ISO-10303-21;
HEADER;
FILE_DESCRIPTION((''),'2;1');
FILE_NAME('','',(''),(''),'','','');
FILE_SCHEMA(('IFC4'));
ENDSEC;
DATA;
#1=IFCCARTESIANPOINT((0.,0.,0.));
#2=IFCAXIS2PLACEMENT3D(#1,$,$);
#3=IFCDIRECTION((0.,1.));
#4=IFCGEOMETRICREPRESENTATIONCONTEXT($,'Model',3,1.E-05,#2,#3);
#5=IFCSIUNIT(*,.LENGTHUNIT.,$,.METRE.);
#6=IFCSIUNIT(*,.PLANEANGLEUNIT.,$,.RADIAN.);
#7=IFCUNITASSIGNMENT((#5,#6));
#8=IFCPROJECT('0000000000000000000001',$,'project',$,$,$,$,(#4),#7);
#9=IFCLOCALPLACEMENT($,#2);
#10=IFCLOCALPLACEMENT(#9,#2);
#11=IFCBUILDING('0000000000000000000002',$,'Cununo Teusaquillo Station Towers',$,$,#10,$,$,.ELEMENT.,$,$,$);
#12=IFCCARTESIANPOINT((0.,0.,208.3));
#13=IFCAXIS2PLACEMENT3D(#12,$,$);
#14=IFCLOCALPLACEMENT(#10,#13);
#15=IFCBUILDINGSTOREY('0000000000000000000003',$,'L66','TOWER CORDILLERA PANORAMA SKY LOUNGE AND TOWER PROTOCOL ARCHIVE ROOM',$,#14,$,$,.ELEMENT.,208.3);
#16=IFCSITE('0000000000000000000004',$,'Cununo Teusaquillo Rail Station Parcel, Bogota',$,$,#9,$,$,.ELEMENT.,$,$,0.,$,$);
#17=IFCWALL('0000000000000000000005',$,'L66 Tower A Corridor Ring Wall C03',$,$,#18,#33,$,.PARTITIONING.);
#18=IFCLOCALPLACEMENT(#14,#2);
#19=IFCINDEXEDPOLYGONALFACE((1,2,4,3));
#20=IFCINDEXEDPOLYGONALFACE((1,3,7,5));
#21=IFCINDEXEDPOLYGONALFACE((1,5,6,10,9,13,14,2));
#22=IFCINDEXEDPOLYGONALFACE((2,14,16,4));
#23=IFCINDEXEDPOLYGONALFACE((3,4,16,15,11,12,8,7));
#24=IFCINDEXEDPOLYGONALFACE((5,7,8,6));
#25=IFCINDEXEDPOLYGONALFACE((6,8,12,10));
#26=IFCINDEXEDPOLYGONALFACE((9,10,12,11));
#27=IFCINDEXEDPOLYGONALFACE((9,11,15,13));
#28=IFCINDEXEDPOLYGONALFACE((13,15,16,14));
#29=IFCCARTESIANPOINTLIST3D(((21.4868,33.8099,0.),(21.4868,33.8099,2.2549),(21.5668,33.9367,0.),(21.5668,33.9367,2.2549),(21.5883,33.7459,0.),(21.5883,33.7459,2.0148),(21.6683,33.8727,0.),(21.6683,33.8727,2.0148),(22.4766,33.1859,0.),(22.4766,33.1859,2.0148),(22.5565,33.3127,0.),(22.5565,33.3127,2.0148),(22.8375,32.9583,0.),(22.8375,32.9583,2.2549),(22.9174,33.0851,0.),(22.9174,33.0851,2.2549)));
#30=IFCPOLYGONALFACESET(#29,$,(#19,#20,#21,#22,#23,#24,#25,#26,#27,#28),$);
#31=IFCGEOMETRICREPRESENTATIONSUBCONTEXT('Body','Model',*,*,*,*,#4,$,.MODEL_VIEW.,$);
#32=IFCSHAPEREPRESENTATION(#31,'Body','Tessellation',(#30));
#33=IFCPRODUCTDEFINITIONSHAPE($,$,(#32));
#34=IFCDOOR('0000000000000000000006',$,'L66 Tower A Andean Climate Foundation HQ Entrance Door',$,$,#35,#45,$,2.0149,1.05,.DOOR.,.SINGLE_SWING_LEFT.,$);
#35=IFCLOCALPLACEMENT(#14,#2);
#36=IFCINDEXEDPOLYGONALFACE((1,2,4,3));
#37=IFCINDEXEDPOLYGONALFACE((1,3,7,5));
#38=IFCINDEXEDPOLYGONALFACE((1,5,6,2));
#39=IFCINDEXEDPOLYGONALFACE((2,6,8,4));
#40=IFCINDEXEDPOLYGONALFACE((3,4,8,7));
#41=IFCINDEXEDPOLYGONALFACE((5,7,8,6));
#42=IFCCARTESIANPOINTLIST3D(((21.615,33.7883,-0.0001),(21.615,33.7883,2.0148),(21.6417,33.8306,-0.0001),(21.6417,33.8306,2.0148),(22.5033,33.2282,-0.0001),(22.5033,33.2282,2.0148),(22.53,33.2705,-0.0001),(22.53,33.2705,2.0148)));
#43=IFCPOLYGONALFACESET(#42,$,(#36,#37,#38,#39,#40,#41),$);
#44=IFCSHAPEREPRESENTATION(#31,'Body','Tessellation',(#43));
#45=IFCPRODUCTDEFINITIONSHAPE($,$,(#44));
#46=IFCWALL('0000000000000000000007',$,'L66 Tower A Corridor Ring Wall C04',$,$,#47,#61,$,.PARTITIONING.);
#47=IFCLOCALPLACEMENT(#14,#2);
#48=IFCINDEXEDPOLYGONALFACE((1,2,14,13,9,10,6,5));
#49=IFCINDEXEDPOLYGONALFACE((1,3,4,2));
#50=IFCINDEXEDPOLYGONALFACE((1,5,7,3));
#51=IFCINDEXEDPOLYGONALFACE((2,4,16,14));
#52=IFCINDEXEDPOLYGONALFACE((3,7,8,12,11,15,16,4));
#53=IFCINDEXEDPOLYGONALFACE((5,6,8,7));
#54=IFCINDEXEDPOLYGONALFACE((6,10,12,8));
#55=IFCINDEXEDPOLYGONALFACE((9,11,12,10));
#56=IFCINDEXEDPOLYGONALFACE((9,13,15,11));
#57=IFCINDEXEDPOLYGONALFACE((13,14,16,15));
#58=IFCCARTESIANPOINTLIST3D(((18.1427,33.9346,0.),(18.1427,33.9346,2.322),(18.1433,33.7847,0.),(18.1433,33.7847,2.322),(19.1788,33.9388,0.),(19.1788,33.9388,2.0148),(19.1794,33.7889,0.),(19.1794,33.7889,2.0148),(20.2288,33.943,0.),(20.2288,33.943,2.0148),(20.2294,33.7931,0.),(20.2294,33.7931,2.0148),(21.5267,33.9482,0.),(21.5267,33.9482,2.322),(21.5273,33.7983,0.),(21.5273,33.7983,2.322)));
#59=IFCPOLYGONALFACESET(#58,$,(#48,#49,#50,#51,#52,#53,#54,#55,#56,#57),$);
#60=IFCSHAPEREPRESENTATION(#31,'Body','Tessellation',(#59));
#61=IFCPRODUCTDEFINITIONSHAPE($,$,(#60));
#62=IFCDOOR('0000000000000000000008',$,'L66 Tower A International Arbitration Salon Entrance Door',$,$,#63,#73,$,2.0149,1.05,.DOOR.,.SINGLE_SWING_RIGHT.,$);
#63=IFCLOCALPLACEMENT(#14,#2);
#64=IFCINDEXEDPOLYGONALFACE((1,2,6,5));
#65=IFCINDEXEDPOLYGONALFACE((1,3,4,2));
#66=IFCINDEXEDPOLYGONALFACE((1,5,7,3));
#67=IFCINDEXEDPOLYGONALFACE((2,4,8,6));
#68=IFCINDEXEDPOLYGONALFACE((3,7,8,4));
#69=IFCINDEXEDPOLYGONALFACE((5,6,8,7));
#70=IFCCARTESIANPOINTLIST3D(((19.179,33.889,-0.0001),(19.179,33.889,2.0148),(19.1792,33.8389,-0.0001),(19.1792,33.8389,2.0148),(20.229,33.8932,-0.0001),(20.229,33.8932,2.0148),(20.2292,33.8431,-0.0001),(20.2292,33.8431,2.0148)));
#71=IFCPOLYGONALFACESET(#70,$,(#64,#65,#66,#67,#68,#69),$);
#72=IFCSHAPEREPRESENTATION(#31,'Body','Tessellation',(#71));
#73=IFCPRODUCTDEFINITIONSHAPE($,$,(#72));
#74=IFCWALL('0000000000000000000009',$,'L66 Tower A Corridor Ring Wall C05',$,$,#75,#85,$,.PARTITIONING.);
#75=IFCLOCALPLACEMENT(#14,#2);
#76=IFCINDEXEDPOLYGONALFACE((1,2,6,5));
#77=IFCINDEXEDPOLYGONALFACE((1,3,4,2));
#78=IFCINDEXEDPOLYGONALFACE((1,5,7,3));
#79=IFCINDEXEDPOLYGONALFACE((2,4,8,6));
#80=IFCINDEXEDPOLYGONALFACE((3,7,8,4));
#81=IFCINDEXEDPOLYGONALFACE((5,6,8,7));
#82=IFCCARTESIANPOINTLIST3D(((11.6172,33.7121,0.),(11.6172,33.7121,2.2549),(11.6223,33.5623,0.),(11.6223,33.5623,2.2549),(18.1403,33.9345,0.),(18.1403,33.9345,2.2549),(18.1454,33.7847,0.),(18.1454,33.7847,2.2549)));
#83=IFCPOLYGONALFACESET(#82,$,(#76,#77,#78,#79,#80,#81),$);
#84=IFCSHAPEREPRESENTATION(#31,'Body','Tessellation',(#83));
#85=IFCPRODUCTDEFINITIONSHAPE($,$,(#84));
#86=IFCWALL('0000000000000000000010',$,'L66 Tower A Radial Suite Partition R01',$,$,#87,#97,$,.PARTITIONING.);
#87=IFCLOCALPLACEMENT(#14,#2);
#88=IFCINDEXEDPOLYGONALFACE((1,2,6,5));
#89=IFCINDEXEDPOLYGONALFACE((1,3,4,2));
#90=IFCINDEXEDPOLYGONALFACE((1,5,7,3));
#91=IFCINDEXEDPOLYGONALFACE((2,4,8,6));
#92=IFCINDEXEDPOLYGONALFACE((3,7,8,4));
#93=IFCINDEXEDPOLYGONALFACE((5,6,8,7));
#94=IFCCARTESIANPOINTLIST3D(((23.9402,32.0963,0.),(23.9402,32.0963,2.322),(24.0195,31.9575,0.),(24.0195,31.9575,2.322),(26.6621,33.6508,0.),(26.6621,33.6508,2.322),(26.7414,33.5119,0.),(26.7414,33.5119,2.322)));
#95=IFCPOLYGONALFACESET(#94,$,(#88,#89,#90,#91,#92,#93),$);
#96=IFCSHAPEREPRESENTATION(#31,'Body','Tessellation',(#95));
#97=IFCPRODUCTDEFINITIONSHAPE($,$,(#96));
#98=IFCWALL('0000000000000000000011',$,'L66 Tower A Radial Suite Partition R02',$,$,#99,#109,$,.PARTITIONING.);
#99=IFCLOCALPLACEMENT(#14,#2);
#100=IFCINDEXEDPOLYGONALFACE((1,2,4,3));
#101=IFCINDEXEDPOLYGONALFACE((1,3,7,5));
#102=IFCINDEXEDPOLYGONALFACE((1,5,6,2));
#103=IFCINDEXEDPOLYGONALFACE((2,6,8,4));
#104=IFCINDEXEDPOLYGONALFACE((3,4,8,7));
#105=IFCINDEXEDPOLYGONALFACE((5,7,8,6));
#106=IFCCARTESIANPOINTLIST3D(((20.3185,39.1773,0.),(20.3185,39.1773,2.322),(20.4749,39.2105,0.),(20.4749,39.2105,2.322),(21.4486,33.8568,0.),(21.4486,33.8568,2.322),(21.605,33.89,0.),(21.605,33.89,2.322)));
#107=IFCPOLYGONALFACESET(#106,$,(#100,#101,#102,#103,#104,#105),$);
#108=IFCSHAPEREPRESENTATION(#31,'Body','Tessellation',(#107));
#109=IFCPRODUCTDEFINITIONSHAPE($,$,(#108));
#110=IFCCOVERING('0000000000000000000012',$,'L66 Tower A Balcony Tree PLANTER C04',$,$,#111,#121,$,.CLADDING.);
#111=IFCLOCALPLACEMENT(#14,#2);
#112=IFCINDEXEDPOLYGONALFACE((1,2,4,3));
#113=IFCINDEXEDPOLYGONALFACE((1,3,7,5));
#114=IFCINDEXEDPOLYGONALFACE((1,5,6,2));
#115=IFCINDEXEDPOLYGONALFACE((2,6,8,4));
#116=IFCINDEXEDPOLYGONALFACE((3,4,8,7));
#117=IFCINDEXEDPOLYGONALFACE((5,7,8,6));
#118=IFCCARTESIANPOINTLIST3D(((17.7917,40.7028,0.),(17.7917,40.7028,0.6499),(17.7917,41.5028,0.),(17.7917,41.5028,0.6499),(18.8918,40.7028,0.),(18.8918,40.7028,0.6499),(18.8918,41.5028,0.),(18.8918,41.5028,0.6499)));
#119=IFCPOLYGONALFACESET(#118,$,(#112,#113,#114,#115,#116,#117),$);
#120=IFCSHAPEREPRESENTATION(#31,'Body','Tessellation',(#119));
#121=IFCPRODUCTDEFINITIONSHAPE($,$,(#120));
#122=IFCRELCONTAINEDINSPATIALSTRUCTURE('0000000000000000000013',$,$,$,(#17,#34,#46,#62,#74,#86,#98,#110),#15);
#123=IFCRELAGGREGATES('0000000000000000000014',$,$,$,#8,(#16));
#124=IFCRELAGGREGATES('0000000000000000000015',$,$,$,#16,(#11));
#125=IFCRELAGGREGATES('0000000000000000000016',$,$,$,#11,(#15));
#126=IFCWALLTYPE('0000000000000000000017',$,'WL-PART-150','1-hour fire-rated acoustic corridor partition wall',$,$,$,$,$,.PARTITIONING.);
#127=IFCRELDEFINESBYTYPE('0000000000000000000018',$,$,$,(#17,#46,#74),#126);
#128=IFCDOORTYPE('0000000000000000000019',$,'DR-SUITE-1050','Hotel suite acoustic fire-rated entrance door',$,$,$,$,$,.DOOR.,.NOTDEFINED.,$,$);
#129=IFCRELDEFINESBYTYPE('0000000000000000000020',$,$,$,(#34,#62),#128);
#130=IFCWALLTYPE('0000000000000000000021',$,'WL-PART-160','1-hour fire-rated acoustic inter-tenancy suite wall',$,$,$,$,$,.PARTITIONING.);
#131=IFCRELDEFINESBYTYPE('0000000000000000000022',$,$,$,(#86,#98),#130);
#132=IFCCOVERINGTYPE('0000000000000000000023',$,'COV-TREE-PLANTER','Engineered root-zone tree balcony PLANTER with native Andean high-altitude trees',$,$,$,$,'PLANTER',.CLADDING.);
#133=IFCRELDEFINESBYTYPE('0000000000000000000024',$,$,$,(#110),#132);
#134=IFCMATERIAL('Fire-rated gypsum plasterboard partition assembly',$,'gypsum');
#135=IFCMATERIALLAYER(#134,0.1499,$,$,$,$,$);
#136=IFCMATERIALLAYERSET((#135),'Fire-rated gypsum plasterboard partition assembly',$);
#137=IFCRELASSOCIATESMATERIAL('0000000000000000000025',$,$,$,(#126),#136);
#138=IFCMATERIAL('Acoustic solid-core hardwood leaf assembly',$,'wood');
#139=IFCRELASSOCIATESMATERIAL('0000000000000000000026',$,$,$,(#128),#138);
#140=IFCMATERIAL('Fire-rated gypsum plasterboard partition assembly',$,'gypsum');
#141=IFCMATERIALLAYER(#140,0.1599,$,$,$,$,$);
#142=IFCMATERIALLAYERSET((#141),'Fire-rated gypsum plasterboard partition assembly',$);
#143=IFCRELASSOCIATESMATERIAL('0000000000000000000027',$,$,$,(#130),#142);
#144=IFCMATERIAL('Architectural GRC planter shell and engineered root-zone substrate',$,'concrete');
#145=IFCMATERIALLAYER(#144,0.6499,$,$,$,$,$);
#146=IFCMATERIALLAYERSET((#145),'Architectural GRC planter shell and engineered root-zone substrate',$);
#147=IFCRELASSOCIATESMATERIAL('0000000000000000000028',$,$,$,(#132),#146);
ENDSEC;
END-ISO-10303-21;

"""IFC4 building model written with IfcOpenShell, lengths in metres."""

from ifc_helpers import new_model, si_unit, direction, frame, frame_2d, origin, origin_2d, place, context, subcontext, project, spatial, rectangle, extrude, source, transform, mapped, material, layer, layer_set, type_object, element, fill, save


model = new_model("IFC4")

# Units and contexts
model_context = context("Model", 3, precision=1e-05, world=origin(), true_north=direction((0.0, 1.0)))
body_context = subcontext(model_context, "Body", "Model", "MODEL_VIEW")
ifc_project = project(units=[si_unit("LENGTHUNIT", "METRE"), si_unit("PLANEANGLEUNIT", "RADIAN")], contexts=[model_context])

# Site, building, storey
site_placement = place(None, origin())
site = spatial("IfcSite", under=ifc_project, at=site_placement, Name="Cununo Teusaquillo Rail Station Parcel, Bogota", CompositionType="ELEMENT", RefElevation=0.0)
building_placement = place(site_placement, origin())
building = spatial("IfcBuilding", under=site, at=building_placement, Name="Cununo Teusaquillo Station Towers", CompositionType="ELEMENT")
storey_placement = place(building_placement, frame((0.0, 0.0, 208.3)))
storey = spatial("IfcBuildingStorey", under=building, at=storey_placement, Name="L66", Description="TOWER CORDILLERA PANORAMA SKY LOUNGE AND TOWER PROTOCOL ARCHIVE ROOM", CompositionType="ELEMENT", Elevation=208.3)

# Shared definitions
ifc_material_1 = material(Name="Fire-rated gypsum plasterboard partition assembly", Category="gypsum")
ifc_layer_1 = layer(ifc_material_1, 0.1499)
ifc_layer_set_1 = layer_set([ifc_layer_1], Name="Fire-rated gypsum plasterboard partition assembly")
wall_type_1 = type_object("IfcWallType", Name="WL-PART-150", Description="1-hour fire-rated acoustic corridor partition wall", PredefinedType="PARTITIONING", material=ifc_layer_set_1)

# Walls, openings, doors
wall_1_placement = place(storey_placement, frame((22.8774, 33.0217, 0.0), z_axis=(0.0, 0.0, 1.0), x_axis=(-0.845896, 0.533348, 0.0)))
wall_1 = element("IfcWall", 1, at=wall_1_placement, inside=storey, type_object=wall_type_1, Name="L66 Tower A Corridor Ring Wall C03", PredefinedType="PARTITIONING", context=body_context, shape_type="SweptSolid", body=[
    extrude(rectangle(XDim=1.5967, YDim=0.1499, at=frame_2d((0.7983, 0.0))), origin(), (0.0, 0.0, 1.0), 2.2549),
])
shared_shape_1 = source(origin(), body_context, "Body", "SweptSolid", [
    extrude(rectangle(XDim=1.05, YDim=2.0149, at=frame_2d((0.5249, 1.0073))), frame((0.0, 0.085, 0.0), z_axis=(0.0, -1.0, 0.0), x_axis=(1.0, 0.0, 0.0)), (0.0, 0.0, 1.0), 0.1699),
])
opening_1_placement = place(wall_1_placement, frame((0.4268, 0.0, 0.0)))
opening_1 = element("IfcOpeningElement", 2, at=opening_1_placement, cuts=wall_1, PredefinedType="OPENING", context=body_context, shape_type="MappedRepresentation", body=[
    mapped(shared_shape_1, transform((0.0, 0.0, 0.0), x_axis=(1.0, 0.0, 0.0), y_axis=(0.0, 1.0, 0.0), z_axis=(0.0, 0.0, 1.0), scale=1.0)),
])
ifc_material_2 = material(Name="Acoustic solid-core hardwood leaf assembly", Category="wood")
door_type_1 = type_object("IfcDoorType", Name="DR-SUITE-1050", Description="Hotel suite acoustic fire-rated entrance door", OperationType="NOTDEFINED", PredefinedType="DOOR", material=ifc_material_2)
shared_shape_2 = source(origin(), body_context, "Body", "SweptSolid", [
    extrude(rectangle(XDim=1.05, YDim=2.0149, at=frame_2d((0.5249, 1.0073))), frame((0.0, 0.0249, 0.0), z_axis=(0.0, -1.0, 0.0), x_axis=(1.0, 0.0, 0.0)), (0.0, 0.0, 1.0), 0.05),
])
door_1_placement = place(opening_1_placement, origin())
door_1 = element("IfcDoor", 3, at=door_1_placement, inside=storey, type_object=door_type_1, Name="L66 Tower A Andean Climate Foundation HQ Entrance Door", OperationType="SINGLE_SWING_LEFT", OverallHeight=2.0149, OverallWidth=1.05, PredefinedType="DOOR", context=body_context, shape_type="MappedRepresentation", body=[
    mapped(shared_shape_2, transform((0.0, 0.0, 0.0), x_axis=(1.0, 0.0, 0.0), y_axis=(0.0, 1.0, 0.0), z_axis=(0.0, 0.0, 1.0), scale=1.0)),
])
fill(opening_1, door_1)
wall_2_placement = place(storey_placement, frame((21.5269, 33.8733, 0.0), z_axis=(0.0, 0.0, 1.0), x_axis=(-0.999992, -0.00404, 0.0)))
wall_2 = element("IfcWall", 4, at=wall_2_placement, inside=storey, type_object=wall_type_1, Name="L66 Tower A Corridor Ring Wall C04", PredefinedType="PARTITIONING", context=body_context, shape_type="SweptSolid", body=[
    extrude(rectangle(XDim=3.384, YDim=0.1499, at=frame_2d((1.6919, 0.0))), origin(), (0.0, 0.0, 1.0), 2.322),
])
opening_2_placement = place(wall_2_placement, frame((1.2979, 0.0, 0.0)))
opening_2 = element("IfcOpeningElement", 5, at=opening_2_placement, cuts=wall_2, PredefinedType="OPENING", context=body_context, shape_type="MappedRepresentation", body=[
    mapped(shared_shape_1, transform((0.0, 0.0, 0.0), x_axis=(1.0, 0.0, 0.0), y_axis=(0.0, 1.0, 0.0), z_axis=(0.0, 0.0, 1.0), scale=1.0)),
])
door_2_placement = place(opening_2_placement, origin())
door_2 = element("IfcDoor", 6, at=door_2_placement, inside=storey, type_object=door_type_1, Name="L66 Tower A International Arbitration Salon Entrance Door", OperationType="SINGLE_SWING_RIGHT", OverallHeight=2.0149, OverallWidth=1.05, PredefinedType="DOOR", context=body_context, shape_type="MappedRepresentation", body=[
    mapped(shared_shape_2, transform((0.0, 0.0, 0.0), x_axis=(1.0, 0.0, 0.0), y_axis=(0.0, 1.0, 0.0), z_axis=(0.0, 0.0, 1.0), scale=1.0)),
])
fill(opening_2, door_2)

# Walls
wall_3_placement = place(storey_placement, frame((18.1428, 33.8596, 0.0), z_axis=(0.0, 0.0, 1.0), x_axis=(-0.999419, -0.034077, 0.0)))
element("IfcWall", 7, at=wall_3_placement, inside=storey, type_object=wall_type_1, Name="L66 Tower A Corridor Ring Wall C05", PredefinedType="PARTITIONING", context=body_context, shape_type="SweptSolid", body=[
    extrude(rectangle(XDim=6.5269, YDim=0.1499, at=frame_2d((3.2634, 0.0))), origin(), (0.0, 0.0, 1.0), 2.2549),
])
ifc_material_3 = material(Name="Fire-rated gypsum plasterboard partition assembly", Category="gypsum")
ifc_layer_2 = layer(ifc_material_3, 0.1599)
ifc_layer_set_2 = layer_set([ifc_layer_2], Name="Fire-rated gypsum plasterboard partition assembly")
wall_type_2 = type_object("IfcWallType", Name="WL-PART-160", Description="1-hour fire-rated acoustic inter-tenancy suite wall", PredefinedType="PARTITIONING", material=ifc_layer_set_2)
wall_4_placement = place(storey_placement, frame((23.9797, 32.0269, 0.0), z_axis=(0.0, 0.0, 1.0), x_axis=(0.868373, 0.495912, 0.0)))
element("IfcWall", 8, at=wall_4_placement, inside=storey, type_object=wall_type_2, Name="L66 Tower A Radial Suite Partition R01", PredefinedType="PARTITIONING", context=body_context, shape_type="SweptSolid", body=[
    extrude(rectangle(XDim=3.1345, YDim=0.1599, at=frame_2d((1.5674, 0.0))), origin(), (0.0, 0.0, 1.0), 2.322),
])
wall_5_placement = place(storey_placement, frame((21.5269, 33.8733, 0.0), z_axis=(0.0, 0.0, 1.0), x_axis=(-0.207772, 0.978177, 0.0)))
element("IfcWall", 9, at=wall_5_placement, inside=storey, type_object=wall_type_2, Name="L66 Tower A Radial Suite Partition R02", PredefinedType="PARTITIONING", context=body_context, shape_type="SweptSolid", body=[
    extrude(rectangle(XDim=5.4392, YDim=0.1599, at=frame_2d((2.7197, 0.0))), origin(), (0.0, 0.0, 1.0), 2.322),
])

# Covering
ifc_material_4 = material(Name="Architectural GRC planter shell and engineered root-zone substrate", Category="concrete")
ifc_layer_3 = layer(ifc_material_4, 0.6499)
ifc_layer_set_3 = layer_set([ifc_layer_3], Name="Architectural GRC planter shell and engineered root-zone substrate")
covering_type = type_object("IfcCoveringType", Name="COV-TREE-PLANTER", Description="Engineered root-zone tree balcony PLANTER with native Andean high-altitude trees", ElementType="PLANTER", PredefinedType="CLADDING", material=ifc_layer_set_3)
shared_shape_3 = source(origin(), body_context, "Body", "SweptSolid", [
    extrude(rectangle(XDim=1.1001, YDim=0.8, at=origin_2d()), origin(), (0.0, 0.0, 1.0), 0.6499),
])
covering_placement = place(storey_placement, frame((18.3418, 41.1028, 0.0), z_axis=(0.0, 0.0, 1.0), x_axis=(1.0, 0.0, 0.0)))
element("IfcCovering", 10, at=covering_placement, inside=storey, type_object=covering_type, Name="L66 Tower A Balcony Tree PLANTER C04", PredefinedType="CLADDING", context=body_context, shape_type="MappedRepresentation", body=[
    mapped(shared_shape_3, transform((0.0, 0.0, 0.0), x_axis=(1.0, 0.0, 0.0), y_axis=(0.0, 1.0, 0.0), z_axis=(0.0, 0.0, 1.0), scale=1.0)),
])

save(model, "model.ifc")
